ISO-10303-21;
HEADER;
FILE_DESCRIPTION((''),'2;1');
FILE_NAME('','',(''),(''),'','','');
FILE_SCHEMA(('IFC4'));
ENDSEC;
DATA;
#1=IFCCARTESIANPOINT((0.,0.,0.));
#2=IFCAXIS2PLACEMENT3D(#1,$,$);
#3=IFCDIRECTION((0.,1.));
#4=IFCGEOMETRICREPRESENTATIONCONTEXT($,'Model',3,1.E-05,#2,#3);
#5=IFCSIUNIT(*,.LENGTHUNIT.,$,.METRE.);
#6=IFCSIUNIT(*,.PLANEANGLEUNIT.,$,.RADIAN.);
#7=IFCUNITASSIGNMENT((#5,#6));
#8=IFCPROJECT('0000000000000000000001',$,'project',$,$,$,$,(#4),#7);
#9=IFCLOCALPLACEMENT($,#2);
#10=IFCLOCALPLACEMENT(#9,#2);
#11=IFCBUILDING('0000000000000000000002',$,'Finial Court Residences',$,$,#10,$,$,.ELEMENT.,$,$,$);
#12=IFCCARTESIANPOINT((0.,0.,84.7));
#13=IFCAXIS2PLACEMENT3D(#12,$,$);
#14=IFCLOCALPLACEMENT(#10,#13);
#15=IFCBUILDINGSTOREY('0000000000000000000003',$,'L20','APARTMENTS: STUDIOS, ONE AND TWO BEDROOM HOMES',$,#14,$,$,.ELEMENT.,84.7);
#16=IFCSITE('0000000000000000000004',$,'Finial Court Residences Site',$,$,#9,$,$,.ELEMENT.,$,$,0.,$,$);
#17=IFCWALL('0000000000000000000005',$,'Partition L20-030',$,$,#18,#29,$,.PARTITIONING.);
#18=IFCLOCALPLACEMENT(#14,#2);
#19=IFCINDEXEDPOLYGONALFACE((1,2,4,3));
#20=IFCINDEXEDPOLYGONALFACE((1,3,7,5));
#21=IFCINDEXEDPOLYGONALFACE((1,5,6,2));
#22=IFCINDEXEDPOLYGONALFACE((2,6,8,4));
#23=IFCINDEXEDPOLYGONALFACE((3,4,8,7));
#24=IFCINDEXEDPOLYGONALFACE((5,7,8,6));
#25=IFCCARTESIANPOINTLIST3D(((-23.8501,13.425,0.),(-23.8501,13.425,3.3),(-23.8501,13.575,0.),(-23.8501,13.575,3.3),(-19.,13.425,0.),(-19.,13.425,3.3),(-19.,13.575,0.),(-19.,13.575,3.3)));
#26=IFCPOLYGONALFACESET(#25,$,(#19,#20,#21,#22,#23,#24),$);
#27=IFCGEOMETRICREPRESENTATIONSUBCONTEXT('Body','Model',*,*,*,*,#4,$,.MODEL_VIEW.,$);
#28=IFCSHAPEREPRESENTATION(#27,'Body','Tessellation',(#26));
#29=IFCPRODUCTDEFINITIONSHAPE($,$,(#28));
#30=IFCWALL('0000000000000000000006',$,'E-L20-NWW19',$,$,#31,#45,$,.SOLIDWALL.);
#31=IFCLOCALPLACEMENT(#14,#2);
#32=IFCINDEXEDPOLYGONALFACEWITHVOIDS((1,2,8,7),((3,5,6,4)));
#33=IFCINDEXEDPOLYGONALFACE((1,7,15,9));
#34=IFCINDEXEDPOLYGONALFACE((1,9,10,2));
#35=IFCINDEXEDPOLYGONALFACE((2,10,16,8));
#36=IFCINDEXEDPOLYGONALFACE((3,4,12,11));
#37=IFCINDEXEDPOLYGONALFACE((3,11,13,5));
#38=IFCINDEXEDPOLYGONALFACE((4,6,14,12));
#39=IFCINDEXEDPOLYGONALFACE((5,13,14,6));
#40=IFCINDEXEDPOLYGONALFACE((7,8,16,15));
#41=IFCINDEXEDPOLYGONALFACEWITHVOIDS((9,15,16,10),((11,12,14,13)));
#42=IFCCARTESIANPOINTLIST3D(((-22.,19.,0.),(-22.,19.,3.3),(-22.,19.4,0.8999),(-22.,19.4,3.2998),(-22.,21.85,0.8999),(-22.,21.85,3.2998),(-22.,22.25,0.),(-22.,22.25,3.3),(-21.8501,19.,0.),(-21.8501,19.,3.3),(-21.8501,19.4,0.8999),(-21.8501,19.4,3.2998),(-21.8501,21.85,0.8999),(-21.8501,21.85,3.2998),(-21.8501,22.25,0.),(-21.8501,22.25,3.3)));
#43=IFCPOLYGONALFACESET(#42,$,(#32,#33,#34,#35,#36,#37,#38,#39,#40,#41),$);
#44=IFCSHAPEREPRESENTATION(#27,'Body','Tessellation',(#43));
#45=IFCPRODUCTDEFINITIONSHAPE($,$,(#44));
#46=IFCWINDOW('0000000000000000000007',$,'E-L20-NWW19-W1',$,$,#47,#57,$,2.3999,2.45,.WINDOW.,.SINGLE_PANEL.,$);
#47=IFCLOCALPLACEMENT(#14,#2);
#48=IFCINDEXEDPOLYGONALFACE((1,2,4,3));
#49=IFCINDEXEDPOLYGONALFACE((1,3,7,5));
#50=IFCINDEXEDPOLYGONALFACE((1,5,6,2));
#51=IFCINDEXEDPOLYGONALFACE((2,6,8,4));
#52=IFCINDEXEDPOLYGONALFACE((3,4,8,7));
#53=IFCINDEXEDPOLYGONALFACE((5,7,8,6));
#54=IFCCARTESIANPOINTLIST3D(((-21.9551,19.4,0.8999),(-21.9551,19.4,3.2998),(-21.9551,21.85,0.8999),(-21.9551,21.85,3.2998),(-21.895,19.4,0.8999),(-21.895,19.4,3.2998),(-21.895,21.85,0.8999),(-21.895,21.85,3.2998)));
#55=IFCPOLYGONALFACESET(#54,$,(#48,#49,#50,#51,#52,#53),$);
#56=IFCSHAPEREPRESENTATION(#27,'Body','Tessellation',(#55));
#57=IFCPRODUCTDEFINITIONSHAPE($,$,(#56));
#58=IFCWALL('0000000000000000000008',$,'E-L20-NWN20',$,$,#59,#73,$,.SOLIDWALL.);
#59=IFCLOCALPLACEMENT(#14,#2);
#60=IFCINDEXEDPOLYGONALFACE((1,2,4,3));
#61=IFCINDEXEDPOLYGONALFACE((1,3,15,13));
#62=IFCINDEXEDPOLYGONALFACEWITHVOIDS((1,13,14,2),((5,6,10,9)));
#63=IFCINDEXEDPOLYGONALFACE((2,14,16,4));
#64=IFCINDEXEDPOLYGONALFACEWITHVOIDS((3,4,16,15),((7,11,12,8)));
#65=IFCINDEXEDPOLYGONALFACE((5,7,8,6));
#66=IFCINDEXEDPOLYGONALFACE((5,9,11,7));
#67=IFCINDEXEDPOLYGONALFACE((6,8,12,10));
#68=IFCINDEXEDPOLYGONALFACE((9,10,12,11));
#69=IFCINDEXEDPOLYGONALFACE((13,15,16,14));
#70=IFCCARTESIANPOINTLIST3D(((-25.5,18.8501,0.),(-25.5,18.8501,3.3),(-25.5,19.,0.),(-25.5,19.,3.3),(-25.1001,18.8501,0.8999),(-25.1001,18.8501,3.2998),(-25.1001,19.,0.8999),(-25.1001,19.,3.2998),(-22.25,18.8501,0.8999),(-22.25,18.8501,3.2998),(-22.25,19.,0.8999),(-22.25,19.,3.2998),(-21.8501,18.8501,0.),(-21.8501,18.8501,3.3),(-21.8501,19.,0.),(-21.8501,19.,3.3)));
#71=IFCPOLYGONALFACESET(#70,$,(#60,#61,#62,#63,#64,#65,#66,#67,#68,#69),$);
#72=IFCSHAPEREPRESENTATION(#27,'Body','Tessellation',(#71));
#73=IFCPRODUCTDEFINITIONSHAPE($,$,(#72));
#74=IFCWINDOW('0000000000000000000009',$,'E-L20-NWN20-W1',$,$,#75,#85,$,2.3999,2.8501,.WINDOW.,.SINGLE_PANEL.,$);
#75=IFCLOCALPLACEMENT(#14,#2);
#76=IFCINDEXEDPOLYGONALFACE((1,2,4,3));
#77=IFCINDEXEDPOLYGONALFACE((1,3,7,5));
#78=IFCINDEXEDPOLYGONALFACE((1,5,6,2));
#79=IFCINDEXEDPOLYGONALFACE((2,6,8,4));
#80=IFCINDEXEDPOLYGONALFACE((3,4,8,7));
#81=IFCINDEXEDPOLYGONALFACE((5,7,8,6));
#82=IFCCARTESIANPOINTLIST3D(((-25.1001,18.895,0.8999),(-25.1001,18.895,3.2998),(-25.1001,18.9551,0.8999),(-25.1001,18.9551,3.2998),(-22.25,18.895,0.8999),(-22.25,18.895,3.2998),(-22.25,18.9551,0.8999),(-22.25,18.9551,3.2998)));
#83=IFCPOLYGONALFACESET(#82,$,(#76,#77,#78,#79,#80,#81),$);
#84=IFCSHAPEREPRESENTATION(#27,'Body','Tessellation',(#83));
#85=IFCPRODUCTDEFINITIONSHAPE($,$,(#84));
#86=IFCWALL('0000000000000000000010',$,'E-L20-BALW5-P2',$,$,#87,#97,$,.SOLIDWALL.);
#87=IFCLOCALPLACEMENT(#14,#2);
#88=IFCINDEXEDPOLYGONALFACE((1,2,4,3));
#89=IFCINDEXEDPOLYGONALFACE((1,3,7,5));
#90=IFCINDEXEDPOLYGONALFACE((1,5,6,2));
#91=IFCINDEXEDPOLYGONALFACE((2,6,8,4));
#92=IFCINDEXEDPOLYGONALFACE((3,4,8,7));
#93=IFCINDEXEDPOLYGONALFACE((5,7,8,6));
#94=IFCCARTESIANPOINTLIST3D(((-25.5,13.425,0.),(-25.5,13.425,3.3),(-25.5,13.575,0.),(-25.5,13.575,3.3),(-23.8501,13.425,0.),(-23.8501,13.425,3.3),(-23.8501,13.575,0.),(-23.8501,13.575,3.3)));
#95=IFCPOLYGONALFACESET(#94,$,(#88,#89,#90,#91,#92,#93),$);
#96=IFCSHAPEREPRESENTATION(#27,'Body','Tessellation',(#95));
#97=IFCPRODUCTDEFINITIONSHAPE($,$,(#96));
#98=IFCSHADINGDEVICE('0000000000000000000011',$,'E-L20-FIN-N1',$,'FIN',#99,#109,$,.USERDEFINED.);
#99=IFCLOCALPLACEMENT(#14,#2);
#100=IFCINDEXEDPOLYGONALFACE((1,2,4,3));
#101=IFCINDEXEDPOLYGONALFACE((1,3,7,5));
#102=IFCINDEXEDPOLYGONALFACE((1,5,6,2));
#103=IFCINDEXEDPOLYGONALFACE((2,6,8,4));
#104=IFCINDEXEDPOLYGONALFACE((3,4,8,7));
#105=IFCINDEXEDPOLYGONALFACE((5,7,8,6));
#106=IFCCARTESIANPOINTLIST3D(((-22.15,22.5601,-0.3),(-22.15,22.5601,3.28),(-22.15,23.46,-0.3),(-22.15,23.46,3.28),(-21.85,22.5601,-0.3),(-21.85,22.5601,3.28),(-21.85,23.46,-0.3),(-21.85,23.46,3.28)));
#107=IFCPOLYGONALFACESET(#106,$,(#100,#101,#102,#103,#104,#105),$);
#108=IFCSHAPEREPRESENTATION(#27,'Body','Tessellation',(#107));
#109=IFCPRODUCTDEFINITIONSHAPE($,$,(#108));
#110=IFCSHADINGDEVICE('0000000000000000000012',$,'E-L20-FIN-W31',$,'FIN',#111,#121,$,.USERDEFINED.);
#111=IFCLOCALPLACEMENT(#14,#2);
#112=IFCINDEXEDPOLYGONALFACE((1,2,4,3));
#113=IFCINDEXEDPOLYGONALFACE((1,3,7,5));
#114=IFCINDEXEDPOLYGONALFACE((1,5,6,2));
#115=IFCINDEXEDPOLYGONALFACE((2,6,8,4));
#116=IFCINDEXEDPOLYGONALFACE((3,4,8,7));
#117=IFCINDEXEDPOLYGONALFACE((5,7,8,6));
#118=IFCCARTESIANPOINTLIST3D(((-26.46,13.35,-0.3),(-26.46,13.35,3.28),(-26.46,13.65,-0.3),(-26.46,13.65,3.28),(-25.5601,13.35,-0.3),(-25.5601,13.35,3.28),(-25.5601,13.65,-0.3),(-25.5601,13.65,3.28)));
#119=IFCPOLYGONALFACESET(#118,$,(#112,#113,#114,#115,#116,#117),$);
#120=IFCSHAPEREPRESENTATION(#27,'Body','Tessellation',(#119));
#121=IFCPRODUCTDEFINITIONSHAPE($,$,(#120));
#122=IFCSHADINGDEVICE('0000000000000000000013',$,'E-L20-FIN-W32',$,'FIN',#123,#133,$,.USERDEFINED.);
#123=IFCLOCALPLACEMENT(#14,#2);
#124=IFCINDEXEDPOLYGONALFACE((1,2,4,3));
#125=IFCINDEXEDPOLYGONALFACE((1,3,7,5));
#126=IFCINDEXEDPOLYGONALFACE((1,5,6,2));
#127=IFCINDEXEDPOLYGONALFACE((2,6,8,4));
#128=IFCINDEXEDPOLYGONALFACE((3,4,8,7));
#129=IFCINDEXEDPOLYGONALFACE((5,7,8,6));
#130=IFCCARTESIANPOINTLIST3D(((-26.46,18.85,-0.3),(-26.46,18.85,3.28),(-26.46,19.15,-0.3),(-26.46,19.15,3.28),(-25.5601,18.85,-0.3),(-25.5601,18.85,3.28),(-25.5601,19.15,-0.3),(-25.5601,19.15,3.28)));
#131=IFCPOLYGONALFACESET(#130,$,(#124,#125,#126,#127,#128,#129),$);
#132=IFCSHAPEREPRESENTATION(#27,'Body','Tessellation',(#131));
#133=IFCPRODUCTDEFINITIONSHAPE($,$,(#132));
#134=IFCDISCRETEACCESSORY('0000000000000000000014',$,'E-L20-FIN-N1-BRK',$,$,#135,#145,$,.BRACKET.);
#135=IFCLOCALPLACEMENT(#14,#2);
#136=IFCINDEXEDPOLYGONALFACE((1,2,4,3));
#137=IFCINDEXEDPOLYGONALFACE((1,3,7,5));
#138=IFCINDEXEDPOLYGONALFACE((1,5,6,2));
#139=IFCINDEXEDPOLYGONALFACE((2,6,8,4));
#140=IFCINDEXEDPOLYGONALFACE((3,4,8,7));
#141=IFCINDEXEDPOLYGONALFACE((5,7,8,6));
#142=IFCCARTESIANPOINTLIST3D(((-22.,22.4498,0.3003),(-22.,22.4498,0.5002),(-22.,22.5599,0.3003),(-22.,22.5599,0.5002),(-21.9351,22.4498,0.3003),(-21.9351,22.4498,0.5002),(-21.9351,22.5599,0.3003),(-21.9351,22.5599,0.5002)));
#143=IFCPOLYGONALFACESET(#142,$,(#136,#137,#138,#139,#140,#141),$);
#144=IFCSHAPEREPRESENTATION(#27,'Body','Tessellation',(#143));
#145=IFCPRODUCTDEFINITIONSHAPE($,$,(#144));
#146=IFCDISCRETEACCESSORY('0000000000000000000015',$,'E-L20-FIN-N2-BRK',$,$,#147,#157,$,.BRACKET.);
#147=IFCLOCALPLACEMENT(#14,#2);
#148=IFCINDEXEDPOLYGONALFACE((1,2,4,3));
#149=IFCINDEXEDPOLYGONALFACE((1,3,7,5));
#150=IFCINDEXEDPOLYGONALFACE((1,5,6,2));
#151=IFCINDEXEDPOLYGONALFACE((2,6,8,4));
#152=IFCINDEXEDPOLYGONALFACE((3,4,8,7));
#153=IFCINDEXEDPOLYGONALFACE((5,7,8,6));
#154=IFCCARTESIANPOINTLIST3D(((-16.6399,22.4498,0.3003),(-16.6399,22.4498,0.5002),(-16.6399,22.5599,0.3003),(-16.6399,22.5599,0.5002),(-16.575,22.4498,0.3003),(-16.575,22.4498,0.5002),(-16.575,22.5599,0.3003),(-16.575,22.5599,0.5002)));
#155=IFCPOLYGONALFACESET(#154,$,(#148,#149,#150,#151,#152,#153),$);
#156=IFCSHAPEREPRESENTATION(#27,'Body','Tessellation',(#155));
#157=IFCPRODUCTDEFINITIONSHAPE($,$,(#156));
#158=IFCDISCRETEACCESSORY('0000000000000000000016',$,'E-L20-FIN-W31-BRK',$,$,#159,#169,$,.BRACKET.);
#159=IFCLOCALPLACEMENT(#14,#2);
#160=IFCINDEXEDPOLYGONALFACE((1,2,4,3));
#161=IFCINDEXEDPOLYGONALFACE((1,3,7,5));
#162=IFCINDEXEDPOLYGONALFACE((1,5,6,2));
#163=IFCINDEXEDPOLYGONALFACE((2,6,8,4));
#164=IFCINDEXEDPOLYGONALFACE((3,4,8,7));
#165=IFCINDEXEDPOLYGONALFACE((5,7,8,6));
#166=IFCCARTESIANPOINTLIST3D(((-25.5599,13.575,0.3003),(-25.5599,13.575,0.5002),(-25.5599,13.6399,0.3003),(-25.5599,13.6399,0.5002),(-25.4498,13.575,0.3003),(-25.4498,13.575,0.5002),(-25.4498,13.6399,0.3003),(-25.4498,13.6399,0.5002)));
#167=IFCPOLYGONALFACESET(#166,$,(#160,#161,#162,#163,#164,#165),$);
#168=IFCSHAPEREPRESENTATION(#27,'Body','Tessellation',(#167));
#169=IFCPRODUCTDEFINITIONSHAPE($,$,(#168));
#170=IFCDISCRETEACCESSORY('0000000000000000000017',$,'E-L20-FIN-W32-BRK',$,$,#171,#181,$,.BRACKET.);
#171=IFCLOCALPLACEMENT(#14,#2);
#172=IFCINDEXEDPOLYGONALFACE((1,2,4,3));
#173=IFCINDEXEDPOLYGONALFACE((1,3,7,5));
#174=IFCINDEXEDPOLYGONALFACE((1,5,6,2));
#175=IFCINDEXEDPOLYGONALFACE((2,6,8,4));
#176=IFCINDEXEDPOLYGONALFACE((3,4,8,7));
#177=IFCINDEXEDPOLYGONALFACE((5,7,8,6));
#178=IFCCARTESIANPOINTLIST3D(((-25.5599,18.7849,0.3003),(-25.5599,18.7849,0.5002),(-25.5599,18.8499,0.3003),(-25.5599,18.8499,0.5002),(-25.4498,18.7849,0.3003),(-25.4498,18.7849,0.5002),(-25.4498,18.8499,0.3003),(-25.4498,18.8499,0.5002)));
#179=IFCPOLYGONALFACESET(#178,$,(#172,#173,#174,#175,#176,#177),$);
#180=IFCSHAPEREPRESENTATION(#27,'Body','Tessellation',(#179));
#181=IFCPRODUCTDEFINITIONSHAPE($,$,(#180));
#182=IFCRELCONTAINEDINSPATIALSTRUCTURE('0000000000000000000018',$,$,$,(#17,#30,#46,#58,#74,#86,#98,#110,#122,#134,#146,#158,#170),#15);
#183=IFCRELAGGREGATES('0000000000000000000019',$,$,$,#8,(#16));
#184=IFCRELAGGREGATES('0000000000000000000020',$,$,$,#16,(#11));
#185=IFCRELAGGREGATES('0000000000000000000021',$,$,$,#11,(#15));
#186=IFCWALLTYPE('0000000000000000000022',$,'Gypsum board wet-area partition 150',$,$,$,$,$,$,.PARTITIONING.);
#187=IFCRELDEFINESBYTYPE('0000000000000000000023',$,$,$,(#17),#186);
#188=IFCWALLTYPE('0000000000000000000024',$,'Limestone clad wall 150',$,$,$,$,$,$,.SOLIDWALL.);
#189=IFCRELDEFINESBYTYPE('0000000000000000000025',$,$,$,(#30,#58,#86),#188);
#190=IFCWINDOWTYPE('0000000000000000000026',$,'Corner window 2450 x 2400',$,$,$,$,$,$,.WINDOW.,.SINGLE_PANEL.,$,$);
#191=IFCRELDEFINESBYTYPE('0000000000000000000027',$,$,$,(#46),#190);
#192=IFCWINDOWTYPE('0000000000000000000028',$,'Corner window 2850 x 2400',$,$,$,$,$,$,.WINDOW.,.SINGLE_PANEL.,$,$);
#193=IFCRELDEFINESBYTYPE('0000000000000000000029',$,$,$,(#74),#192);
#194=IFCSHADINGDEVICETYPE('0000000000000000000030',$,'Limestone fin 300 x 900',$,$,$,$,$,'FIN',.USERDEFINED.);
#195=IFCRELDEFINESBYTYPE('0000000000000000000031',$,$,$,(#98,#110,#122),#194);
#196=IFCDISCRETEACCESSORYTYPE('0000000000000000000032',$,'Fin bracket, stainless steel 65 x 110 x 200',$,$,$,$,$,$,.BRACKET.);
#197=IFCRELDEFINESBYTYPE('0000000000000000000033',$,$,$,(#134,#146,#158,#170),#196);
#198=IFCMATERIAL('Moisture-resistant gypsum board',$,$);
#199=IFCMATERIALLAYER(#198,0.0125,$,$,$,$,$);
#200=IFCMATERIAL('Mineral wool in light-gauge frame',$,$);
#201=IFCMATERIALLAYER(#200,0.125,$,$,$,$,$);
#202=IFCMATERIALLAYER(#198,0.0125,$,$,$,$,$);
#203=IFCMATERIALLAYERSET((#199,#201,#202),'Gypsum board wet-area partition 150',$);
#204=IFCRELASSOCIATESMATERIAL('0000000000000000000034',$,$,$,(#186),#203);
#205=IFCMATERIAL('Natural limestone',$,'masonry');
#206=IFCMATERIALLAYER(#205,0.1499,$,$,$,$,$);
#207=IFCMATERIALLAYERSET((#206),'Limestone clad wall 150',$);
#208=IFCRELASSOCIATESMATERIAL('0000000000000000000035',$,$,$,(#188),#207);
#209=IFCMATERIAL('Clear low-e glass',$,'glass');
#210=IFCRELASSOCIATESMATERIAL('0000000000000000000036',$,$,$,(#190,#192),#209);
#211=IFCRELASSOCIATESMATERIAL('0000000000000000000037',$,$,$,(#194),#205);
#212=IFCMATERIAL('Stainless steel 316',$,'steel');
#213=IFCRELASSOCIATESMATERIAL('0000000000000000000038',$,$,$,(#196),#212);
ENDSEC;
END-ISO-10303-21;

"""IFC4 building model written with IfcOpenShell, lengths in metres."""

from ifc_helpers import new_model, si_unit, direction, frame, frame_2d, origin, origin_2d, place, context, subcontext, project, spatial, rectangle, extrude, material, layer, layer_set, type_object, element, fill, save


model = new_model("IFC4")

# Units and contexts
model_context = context("Model", 3, precision=1e-05, world=origin(), true_north=direction((0.0, 1.0)))
body_context = subcontext(model_context, "Body", "Model", "MODEL_VIEW")
ifc_project = project(units=[si_unit("LENGTHUNIT", "METRE"), si_unit("PLANEANGLEUNIT", "RADIAN")], contexts=[model_context])

# Site, building, storey
site_placement = place(None, origin())
site = spatial("IfcSite", under=ifc_project, at=site_placement, Name="Finial Court Residences Site", CompositionType="ELEMENT", RefElevation=0.0)
building_placement = place(site_placement, origin())
building = spatial("IfcBuilding", under=site, at=building_placement, Name="Finial Court Residences", CompositionType="ELEMENT")
storey_placement = place(building_placement, frame((0.0, 0.0, 84.7)))
storey = spatial("IfcBuildingStorey", under=building, at=storey_placement, Name="L20", Description="APARTMENTS: STUDIOS, ONE AND TWO BEDROOM HOMES", CompositionType="ELEMENT", Elevation=84.7)

# Shared definitions
ifc_material_1 = material(Name="Clear low-e glass", Category="glass")

# Shared definitions
ifc_material_2 = material(Name="Mineral wool in light-gauge frame")

# Wall
ifc_material_3 = material(Name="Moisture-resistant gypsum board")
ifc_layer_1 = layer(ifc_material_3, 0.0125)
ifc_layer_2 = layer(ifc_material_2, 0.125)
ifc_layer_3 = layer(ifc_material_3, 0.0125)
ifc_layer_set_1 = layer_set([ifc_layer_1, ifc_layer_2, ifc_layer_3], Name="Gypsum board wet-area partition 150")
wall_type_1 = type_object("IfcWallType", Name="Gypsum board wet-area partition 150", PredefinedType="PARTITIONING", material=ifc_layer_set_1)
wall_1_placement = place(storey_placement, frame((-23.8501, 13.5, 0.0), z_axis=(0.0, 0.0, 1.0), x_axis=(1.0, 0.0, 0.0)))
element("IfcWall", 1, at=wall_1_placement, inside=storey, type_object=wall_type_1, Name="Partition L20-030", PredefinedType="PARTITIONING", context=body_context, shape_type="SweptSolid", body=[
    extrude(rectangle(XDim=4.8501, YDim=0.1499, at=frame_2d((2.425, 0.0))), origin(), (0.0, 0.0, 1.0), 3.3),
])

# Walls, openings, windows
ifc_material_4 = material(Name="Natural limestone", Category="masonry")
ifc_layer_4 = layer(ifc_material_4, 0.1499)
ifc_layer_set_2 = layer_set([ifc_layer_4], Name="Limestone clad wall 150")
wall_type_2 = type_object("IfcWallType", Name="Limestone clad wall 150", PredefinedType="SOLIDWALL", material=ifc_layer_set_2)
wall_2_placement = place(storey_placement, frame((-21.925, 19.0, 0.0), z_axis=(0.0, 0.0, 1.0), x_axis=(0.0, 1.0, 0.0)))
wall_2 = element("IfcWall", 2, at=wall_2_placement, inside=storey, type_object=wall_type_2, Name="E-L20-NWW19", PredefinedType="SOLIDWALL", context=body_context, shape_type="SweptSolid", body=[
    extrude(rectangle(XDim=3.25, YDim=0.1499, at=frame_2d((1.625, 0.0))), origin(), (0.0, 0.0, 1.0), 3.3),
])
opening_1_placement = place(wall_2_placement, frame((0.3999, 0.0, 0.8999)))
opening_1 = element("IfcOpeningElement", 3, at=opening_1_placement, cuts=wall_2, PredefinedType="OPENING", context=body_context, shape_type="SweptSolid", body=[
    extrude(rectangle(XDim=2.45, YDim=2.3999, at=frame_2d((1.2251, 1.2))), frame((0.0, 0.085, 0.0), z_axis=(0.0, -1.0, 0.0), x_axis=(1.0, 0.0, 0.0)), (0.0, 0.0, 1.0), 0.1699),
])
window_type_1 = type_object("IfcWindowType", Name="Corner window 2450 x 2400", PartitioningType="SINGLE_PANEL", PredefinedType="WINDOW", material=ifc_material_1)
window_1_placement = place(opening_1_placement, origin())
window_1 = element("IfcWindow", 4, at=window_1_placement, inside=storey, type_object=window_type_1, Name="E-L20-NWW19-W1", OverallHeight=2.3999, OverallWidth=2.45, PartitioningType="SINGLE_PANEL", PredefinedType="WINDOW", context=body_context, shape_type="SweptSolid", body=[
    extrude(rectangle(XDim=2.45, YDim=2.3999, at=frame_2d((1.2251, 1.2))), frame((0.0, 0.03, 0.0), z_axis=(0.0, -1.0, 0.0), x_axis=(1.0, 0.0, 0.0)), (0.0, 0.0, 1.0), 0.0601),
])
fill(opening_1, window_1)
wall_3_placement = place(storey_placement, frame((-25.5, 18.925, 0.0), z_axis=(0.0, 0.0, 1.0), x_axis=(1.0, 0.0, 0.0)))
wall_3 = element("IfcWall", 5, at=wall_3_placement, inside=storey, type_object=wall_type_2, Name="E-L20-NWN20", PredefinedType="SOLIDWALL", context=body_context, shape_type="SweptSolid", body=[
    extrude(rectangle(XDim=3.6499, YDim=0.1499, at=frame_2d((1.825, 0.0))), origin(), (0.0, 0.0, 1.0), 3.3),
])
opening_2_placement = place(wall_3_placement, frame((0.3999, 0.0, 0.8999)))
opening_2 = element("IfcOpeningElement", 6, at=opening_2_placement, cuts=wall_3, PredefinedType="OPENING", context=body_context, shape_type="SweptSolid", body=[
    extrude(rectangle(XDim=2.8501, YDim=2.3999, at=frame_2d((1.425, 1.2))), frame((0.0, 0.085, 0.0), z_axis=(0.0, -1.0, 0.0), x_axis=(1.0, 0.0, 0.0)), (0.0, 0.0, 1.0), 0.1699),
])
window_type_2 = type_object("IfcWindowType", Name="Corner window 2850 x 2400", PartitioningType="SINGLE_PANEL", PredefinedType="WINDOW", material=ifc_material_1)
window_2_placement = place(opening_2_placement, origin())
window_2 = element("IfcWindow", 7, at=window_2_placement, inside=storey, type_object=window_type_2, Name="E-L20-NWN20-W1", OverallHeight=2.3999, OverallWidth=2.8501, PartitioningType="SINGLE_PANEL", PredefinedType="WINDOW", context=body_context, shape_type="SweptSolid", body=[
    extrude(rectangle(XDim=2.8501, YDim=2.3999, at=frame_2d((1.425, 1.2))), frame((0.0, 0.03, 0.0), z_axis=(0.0, -1.0, 0.0), x_axis=(1.0, 0.0, 0.0)), (0.0, 0.0, 1.0), 0.0601),
])
fill(opening_2, window_2)

# Wall
wall_4_placement = place(storey_placement, frame((-23.8501, 13.5, 0.0), z_axis=(0.0, 0.0, 1.0), x_axis=(-1.0, 0.0, 0.0)))
element("IfcWall", 8, at=wall_4_placement, inside=storey, type_object=wall_type_2, Name="E-L20-BALW5-P2", PredefinedType="SOLIDWALL", context=body_context, shape_type="SweptSolid", body=[
    extrude(rectangle(XDim=1.6499, YDim=0.1499, at=frame_2d((0.825, 0.0))), origin(), (0.0, 0.0, 1.0), 3.3),
])

# Shading devices
shading_device_type = type_object("IfcShadingDeviceType", Name="Limestone fin 300 x 900", ElementType="FIN", PredefinedType="USERDEFINED", material=ifc_material_4)
shading_device_placement = place(storey_placement, frame((-22.0, 23.01, -0.3), z_axis=(0.0, 0.0, 1.0), x_axis=(1.0, 0.0, 0.0)))
element("IfcShadingDevice", 9, at=shading_device_placement, inside=storey, type_object=shading_device_type, Name="E-L20-FIN-N1", ObjectType="FIN", PredefinedType="USERDEFINED", context=body_context, shape_type="SweptSolid", body=[
    extrude(rectangle(XDim=0.3, YDim=0.8999, at=origin_2d()), origin(), (0.0, 0.0, 1.0), 3.5801),
])
for number, where, z_axis, x_axis, name in (
    (10, (-26.01, 13.5, -0.3), (0.0, 0.0, 1.0), (1.0, 0.0, 0.0), "E-L20-FIN-W31"),
    (11, (-26.01, 19.0, -0.3), (0.0, 0.0, 1.0), (1.0, 0.0, 0.0), "E-L20-FIN-W32"),
):
    element("IfcShadingDevice", number, at=place(storey_placement, frame(where, z_axis=z_axis, x_axis=x_axis)), inside=storey, type_object=shading_device_type, Name=name, ObjectType="FIN", PredefinedType="USERDEFINED", context=body_context, shape_type="SweptSolid", body=[
        extrude(rectangle(XDim=0.8999, YDim=0.3, at=origin_2d()), origin(), (0.0, 0.0, 1.0), 3.5801),
    ])

# Discrete accessories
ifc_material_5 = material(Name="Stainless steel 316", Category="steel")
discrete_accessory_type = type_object("IfcDiscreteAccessoryType", Name="Fin bracket, stainless steel 65 x 110 x 200", PredefinedType="BRACKET", material=ifc_material_5)
for number, where, z_axis, x_axis, name in (
    (12, (-21.9675, 22.5049, 0.3003), (0.0, 0.0, 1.0), (1.0, 0.0, 0.0), "E-L20-FIN-N1-BRK"),
    (13, (-16.6074, 22.5049, 0.3003), (0.0, 0.0, 1.0), (1.0, 0.0, 0.0), "E-L20-FIN-N2-BRK"),
):
    element("IfcDiscreteAccessory", number, at=place(storey_placement, frame(where, z_axis=z_axis, x_axis=x_axis)), inside=storey, type_object=discrete_accessory_type, Name=name, PredefinedType="BRACKET", context=body_context, shape_type="SweptSolid", body=[
        extrude(rectangle(XDim=0.0649, YDim=0.1101, at=origin_2d()), origin(), (0.0, 0.0, 1.0), 0.2),
    ])
for number, where, z_axis, x_axis, name in (
    (14, (-25.5049, 13.6074, 0.3003), (0.0, 0.0, 1.0), (1.0, 0.0, 0.0), "E-L20-FIN-W31-BRK"),
    (15, (-25.5049, 18.8174, 0.3003), (0.0, 0.0, 1.0), (1.0, 0.0, 0.0), "E-L20-FIN-W32-BRK"),
):
    element("IfcDiscreteAccessory", number, at=place(storey_placement, frame(where, z_axis=z_axis, x_axis=x_axis)), inside=storey, type_object=discrete_accessory_type, Name=name, PredefinedType="BRACKET", context=body_context, shape_type="SweptSolid", body=[
        extrude(rectangle(XDim=0.1101, YDim=0.0649, at=origin_2d()), origin(), (0.0, 0.0, 1.0), 0.2),
    ])

save(model, "model.ifc")
